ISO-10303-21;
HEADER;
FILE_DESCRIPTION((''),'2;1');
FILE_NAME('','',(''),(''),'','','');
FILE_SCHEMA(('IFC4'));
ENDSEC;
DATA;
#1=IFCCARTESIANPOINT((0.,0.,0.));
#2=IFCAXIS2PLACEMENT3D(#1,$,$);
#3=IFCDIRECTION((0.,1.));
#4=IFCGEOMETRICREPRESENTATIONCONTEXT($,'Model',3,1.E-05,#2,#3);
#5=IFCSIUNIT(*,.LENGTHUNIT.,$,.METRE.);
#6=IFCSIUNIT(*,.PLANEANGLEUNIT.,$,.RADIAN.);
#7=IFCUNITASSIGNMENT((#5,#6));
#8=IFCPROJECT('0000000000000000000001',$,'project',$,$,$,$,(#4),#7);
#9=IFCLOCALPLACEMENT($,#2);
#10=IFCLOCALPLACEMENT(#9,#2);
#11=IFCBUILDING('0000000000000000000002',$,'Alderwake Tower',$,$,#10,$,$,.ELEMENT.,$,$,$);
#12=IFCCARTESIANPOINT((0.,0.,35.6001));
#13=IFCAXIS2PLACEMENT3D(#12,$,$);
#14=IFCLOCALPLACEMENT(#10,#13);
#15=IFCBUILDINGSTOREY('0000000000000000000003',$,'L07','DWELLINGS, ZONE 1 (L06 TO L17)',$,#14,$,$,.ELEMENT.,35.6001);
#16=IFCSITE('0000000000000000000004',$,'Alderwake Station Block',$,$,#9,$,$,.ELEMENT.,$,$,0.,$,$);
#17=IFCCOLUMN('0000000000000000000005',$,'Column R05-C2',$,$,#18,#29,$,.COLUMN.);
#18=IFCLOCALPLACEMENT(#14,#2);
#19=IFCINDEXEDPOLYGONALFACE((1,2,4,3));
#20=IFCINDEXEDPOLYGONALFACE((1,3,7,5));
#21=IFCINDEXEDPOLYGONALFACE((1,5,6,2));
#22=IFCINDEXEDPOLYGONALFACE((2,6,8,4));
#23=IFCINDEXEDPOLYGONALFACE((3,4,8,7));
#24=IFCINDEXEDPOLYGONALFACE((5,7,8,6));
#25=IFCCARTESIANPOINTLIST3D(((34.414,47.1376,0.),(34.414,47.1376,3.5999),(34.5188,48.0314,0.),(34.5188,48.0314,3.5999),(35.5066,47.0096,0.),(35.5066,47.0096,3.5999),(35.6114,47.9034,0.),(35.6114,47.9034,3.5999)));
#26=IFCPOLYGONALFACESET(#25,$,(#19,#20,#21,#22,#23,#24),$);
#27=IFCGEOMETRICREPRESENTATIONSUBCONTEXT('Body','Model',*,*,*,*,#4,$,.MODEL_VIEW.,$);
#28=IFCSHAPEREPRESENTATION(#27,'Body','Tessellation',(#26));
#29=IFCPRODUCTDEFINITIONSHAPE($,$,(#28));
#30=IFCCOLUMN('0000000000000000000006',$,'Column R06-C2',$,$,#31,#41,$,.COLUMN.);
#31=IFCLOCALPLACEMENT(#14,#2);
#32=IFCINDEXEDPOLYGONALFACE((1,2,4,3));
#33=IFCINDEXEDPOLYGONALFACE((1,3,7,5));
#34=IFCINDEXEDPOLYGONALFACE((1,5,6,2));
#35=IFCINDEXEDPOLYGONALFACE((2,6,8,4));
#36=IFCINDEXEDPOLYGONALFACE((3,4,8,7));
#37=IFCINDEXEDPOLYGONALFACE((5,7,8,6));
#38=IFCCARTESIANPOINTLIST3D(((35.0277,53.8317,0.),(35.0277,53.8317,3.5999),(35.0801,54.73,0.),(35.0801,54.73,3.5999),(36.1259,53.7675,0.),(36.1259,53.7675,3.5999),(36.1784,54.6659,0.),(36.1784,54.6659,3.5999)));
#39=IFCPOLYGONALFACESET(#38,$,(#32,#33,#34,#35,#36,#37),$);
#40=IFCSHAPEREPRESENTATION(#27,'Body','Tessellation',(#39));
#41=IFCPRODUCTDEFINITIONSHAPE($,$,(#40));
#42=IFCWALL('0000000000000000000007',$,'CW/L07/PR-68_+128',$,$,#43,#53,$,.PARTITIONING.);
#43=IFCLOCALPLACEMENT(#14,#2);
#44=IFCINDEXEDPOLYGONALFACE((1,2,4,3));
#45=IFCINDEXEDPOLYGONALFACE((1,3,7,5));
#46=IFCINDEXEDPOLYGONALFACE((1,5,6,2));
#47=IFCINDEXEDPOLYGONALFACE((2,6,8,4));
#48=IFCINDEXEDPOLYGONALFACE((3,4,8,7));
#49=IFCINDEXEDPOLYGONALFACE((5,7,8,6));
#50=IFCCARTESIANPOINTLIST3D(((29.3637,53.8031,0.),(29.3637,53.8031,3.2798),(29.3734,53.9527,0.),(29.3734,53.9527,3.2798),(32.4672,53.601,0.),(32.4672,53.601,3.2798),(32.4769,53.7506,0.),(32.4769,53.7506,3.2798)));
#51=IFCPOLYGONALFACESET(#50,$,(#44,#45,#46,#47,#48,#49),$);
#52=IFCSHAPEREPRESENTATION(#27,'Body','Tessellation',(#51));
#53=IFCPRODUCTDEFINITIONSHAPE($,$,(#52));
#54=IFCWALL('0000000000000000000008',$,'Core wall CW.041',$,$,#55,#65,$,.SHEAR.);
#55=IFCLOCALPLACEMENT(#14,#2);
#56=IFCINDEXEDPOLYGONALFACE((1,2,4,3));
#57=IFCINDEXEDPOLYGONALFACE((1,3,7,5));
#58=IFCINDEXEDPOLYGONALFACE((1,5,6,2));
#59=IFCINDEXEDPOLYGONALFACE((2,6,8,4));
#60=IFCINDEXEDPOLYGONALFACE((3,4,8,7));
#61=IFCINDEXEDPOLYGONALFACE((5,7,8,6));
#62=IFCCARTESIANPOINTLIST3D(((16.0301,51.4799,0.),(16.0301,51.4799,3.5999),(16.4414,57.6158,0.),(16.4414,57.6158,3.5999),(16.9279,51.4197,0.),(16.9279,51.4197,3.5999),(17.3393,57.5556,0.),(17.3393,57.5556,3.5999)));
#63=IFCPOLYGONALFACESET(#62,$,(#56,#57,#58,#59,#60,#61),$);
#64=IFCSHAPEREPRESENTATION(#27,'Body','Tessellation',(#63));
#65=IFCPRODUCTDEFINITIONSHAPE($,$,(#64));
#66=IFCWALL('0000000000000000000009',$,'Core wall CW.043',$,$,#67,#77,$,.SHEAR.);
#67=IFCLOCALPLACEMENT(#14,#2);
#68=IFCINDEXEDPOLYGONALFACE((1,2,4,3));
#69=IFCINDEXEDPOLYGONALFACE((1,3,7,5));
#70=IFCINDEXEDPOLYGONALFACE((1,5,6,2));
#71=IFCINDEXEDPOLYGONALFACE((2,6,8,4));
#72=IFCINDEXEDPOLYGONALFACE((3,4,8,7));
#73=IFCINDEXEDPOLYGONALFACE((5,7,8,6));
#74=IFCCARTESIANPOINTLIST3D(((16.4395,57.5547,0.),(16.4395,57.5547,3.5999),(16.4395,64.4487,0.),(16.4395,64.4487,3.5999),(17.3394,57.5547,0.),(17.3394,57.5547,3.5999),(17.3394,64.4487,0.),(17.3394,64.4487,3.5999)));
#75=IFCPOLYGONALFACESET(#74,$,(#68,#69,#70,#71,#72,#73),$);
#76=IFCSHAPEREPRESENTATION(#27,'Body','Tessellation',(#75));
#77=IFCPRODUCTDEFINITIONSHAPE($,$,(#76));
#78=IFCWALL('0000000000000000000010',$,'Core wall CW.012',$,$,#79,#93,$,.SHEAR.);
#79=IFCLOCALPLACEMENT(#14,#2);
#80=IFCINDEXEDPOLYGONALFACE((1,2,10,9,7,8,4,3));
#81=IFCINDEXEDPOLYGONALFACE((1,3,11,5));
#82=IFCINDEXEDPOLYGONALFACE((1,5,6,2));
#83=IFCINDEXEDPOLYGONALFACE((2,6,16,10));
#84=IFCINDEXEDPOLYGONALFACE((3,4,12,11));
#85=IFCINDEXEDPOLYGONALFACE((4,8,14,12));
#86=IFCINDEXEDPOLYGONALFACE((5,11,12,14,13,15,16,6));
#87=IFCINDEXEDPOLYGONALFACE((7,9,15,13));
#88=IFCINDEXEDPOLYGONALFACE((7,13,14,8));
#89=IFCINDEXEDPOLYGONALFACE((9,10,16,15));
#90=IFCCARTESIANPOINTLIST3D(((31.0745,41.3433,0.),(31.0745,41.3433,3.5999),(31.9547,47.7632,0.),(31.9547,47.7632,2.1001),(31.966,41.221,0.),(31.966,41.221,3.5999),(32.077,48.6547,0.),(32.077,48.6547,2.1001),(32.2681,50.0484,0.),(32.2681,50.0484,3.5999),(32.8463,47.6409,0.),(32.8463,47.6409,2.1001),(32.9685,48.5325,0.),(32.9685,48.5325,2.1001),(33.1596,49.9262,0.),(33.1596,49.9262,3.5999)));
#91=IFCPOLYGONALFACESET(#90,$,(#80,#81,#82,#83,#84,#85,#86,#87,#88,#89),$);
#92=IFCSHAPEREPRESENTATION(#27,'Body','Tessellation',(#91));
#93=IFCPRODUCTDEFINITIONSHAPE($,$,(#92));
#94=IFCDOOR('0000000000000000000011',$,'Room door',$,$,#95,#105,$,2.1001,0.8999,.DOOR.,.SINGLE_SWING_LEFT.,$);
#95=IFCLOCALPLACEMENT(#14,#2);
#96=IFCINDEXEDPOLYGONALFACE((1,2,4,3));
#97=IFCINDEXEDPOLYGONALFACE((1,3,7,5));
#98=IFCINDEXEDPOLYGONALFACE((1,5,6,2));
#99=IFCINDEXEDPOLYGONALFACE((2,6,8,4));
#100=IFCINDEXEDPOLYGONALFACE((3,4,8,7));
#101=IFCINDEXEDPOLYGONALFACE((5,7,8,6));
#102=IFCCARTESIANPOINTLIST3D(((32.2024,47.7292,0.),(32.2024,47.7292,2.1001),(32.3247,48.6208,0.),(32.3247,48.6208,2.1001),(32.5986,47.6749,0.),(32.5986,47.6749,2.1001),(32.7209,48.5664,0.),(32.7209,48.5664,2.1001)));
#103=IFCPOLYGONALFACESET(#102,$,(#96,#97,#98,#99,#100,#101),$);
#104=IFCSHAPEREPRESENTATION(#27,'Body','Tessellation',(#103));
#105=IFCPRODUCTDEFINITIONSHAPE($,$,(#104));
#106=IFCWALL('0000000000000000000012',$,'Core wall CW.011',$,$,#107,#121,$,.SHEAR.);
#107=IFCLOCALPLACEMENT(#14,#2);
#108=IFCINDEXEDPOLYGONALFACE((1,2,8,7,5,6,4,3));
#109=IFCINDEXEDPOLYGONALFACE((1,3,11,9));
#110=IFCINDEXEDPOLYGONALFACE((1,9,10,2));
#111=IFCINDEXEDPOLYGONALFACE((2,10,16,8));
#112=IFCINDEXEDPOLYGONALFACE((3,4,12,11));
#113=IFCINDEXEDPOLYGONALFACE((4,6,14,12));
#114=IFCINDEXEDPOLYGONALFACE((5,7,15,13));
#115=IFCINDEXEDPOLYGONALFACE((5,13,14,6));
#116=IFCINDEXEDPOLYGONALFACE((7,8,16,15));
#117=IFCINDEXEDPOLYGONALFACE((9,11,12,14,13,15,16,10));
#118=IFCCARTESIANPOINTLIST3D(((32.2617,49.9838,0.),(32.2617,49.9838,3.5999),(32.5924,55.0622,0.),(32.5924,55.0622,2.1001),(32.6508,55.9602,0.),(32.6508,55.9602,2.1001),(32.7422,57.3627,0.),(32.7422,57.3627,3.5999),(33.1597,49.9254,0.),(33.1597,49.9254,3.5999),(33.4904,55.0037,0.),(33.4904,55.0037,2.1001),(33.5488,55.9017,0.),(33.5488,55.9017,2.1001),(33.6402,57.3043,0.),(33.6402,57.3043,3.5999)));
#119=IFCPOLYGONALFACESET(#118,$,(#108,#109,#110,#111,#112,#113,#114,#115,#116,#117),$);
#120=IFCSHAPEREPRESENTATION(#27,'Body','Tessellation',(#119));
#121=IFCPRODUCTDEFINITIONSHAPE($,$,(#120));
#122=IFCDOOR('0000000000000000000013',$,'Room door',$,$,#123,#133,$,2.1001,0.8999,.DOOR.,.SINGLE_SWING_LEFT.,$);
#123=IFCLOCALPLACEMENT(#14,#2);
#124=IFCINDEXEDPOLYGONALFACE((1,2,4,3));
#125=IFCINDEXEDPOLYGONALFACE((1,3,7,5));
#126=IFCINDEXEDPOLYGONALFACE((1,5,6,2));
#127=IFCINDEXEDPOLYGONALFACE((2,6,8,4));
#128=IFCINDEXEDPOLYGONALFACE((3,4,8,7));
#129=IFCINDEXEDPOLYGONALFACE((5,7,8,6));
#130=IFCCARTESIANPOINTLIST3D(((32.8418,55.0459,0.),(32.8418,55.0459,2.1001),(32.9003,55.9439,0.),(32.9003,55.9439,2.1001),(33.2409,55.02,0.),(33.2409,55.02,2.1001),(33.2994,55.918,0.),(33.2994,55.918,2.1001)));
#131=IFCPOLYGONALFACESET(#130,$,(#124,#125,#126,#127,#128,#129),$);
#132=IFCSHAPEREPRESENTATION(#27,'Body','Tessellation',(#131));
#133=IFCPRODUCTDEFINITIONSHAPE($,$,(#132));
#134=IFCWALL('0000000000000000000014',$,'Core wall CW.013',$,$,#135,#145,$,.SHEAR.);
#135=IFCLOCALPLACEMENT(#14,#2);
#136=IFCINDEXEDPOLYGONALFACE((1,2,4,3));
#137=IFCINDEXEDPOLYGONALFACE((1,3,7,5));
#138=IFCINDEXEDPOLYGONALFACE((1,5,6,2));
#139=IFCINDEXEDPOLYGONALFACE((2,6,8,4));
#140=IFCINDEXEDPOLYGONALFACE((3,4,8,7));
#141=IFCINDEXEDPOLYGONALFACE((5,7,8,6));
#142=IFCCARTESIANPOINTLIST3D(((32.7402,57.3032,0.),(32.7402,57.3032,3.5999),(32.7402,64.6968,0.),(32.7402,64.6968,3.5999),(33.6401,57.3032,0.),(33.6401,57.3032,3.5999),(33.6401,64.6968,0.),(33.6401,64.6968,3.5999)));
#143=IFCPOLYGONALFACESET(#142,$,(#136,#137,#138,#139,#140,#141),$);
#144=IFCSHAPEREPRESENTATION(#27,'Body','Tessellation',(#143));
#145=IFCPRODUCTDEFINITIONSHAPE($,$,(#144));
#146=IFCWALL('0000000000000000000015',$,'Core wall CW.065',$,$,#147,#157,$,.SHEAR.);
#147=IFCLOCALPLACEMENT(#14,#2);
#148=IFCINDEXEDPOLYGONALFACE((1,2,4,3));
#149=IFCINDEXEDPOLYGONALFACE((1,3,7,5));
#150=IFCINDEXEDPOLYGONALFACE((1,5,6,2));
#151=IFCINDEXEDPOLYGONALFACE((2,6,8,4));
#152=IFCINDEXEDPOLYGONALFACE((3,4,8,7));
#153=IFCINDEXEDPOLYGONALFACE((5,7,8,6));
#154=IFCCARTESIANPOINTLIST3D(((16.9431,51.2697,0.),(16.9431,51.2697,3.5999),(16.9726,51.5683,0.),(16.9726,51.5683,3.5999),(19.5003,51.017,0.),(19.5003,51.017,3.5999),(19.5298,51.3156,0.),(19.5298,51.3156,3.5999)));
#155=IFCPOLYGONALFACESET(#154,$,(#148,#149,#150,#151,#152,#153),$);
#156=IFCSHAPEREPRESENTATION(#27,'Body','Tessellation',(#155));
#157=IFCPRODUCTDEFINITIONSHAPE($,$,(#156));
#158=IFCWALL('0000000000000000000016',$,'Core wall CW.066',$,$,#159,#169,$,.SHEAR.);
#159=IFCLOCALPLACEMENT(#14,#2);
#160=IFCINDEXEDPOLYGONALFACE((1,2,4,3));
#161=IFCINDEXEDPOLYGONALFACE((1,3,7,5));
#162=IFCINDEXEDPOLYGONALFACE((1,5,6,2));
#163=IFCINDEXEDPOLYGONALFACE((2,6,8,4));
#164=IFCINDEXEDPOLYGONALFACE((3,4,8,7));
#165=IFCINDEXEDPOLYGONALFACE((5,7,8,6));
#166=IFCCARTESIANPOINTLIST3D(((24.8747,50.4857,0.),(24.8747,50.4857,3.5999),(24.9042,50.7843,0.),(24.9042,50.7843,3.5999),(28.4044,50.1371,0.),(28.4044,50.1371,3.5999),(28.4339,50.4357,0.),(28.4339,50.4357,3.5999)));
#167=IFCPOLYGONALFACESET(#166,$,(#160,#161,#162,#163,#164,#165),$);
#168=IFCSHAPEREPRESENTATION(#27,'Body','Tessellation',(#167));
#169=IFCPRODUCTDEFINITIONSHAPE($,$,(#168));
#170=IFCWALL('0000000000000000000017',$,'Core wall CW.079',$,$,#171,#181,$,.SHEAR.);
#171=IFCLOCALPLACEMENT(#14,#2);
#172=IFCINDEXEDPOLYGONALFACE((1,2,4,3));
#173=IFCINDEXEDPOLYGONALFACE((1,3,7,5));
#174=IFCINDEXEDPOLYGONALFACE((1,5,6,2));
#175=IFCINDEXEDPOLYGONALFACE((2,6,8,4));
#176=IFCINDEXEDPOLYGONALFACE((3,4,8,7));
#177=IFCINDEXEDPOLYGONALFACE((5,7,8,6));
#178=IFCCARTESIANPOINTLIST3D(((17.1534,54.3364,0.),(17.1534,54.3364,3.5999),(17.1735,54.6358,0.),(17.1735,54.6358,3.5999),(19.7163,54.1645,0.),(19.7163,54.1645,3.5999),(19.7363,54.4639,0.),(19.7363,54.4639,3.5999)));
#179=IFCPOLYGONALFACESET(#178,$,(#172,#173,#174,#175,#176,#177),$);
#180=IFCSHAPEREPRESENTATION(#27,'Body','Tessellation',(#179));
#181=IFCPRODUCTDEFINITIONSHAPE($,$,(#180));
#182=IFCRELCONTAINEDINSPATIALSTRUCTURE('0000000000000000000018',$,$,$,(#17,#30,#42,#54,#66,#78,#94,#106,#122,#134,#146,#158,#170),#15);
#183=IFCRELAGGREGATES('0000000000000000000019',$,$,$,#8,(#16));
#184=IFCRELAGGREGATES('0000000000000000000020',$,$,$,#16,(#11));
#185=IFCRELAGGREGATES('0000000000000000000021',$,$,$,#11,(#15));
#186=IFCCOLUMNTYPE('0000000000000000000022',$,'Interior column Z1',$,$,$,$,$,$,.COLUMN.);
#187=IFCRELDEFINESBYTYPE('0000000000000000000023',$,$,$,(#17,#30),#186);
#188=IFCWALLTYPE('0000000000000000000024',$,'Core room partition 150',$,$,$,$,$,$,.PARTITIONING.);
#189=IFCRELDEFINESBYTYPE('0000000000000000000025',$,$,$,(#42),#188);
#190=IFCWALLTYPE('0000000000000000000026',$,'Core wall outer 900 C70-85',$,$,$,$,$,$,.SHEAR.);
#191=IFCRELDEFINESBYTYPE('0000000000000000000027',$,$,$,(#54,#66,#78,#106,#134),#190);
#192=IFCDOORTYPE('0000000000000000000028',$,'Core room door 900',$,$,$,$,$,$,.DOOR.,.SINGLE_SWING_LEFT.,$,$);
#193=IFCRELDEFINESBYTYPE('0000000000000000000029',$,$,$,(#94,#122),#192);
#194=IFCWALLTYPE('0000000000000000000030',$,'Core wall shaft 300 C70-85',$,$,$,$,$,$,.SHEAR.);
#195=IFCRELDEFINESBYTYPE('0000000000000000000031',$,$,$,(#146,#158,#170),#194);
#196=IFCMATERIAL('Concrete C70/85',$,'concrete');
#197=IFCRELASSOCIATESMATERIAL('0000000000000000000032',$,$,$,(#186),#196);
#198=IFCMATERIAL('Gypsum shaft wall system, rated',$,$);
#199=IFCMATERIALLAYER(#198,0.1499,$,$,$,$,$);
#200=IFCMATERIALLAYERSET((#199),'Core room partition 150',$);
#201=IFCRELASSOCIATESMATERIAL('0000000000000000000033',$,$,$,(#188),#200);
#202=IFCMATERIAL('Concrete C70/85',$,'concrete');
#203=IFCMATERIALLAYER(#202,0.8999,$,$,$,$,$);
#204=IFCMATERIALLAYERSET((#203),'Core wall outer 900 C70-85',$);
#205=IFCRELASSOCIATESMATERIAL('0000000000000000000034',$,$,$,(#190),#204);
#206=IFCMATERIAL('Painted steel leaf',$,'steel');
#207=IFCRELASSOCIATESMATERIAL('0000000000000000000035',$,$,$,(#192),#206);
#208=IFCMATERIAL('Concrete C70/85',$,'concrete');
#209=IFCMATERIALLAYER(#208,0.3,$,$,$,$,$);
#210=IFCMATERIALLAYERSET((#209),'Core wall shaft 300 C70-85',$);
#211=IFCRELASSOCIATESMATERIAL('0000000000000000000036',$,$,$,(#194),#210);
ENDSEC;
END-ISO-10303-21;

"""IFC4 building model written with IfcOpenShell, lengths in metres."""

from ifc_helpers import new_model, si_unit, direction, frame, frame_2d, origin, origin_2d, place, context, subcontext, project, spatial, rectangle, extrude, material, layer, layer_set, material_profile, profile_set, type_object, element, fill, save


model = new_model("IFC4")

# Units and contexts
model_context = context("Model", 3, precision=1e-05, world=origin(), true_north=direction((0.0, 1.0)))
body_context = subcontext(model_context, "Body", "Model", "MODEL_VIEW")
ifc_project = project(units=[si_unit("LENGTHUNIT", "METRE"), si_unit("PLANEANGLEUNIT", "RADIAN")], contexts=[model_context])

# Site, building, storey
site_placement = place(None, origin())
site = spatial("IfcSite", under=ifc_project, at=site_placement, Name="Alderwake Station Block", CompositionType="ELEMENT", RefElevation=0.0)
building_placement = place(site_placement, origin())
building = spatial("IfcBuilding", under=site, at=building_placement, Name="Alderwake Tower", CompositionType="ELEMENT")
storey_placement = place(building_placement, frame((0.0, 0.0, 35.6001)))
storey = spatial("IfcBuildingStorey", under=building, at=storey_placement, Name="L07", Description="DWELLINGS, ZONE 1 (L06 TO L17)", CompositionType="ELEMENT", Elevation=35.6001)

# Columns
ifc_material_1 = material(Name="Concrete C70/85", Category="concrete")
ifc_material_profile = material_profile(ifc_material_1, rectangle(XDim=0.8999, YDim=1.1001, at=origin_2d()), Name="RC 1100X900")
ifc_profile_set = profile_set([ifc_material_profile], Name="Concrete C70/85")
column_type = type_object("IfcColumnType", Name="Interior column Z1", PredefinedType="COLUMN", material=ifc_profile_set)
for number, where, z_axis, x_axis, name in (
    (1, (35.0127, 47.5205, 0.0), (0.0, 0.0, 1.0), (0.116402, 0.993202, 0.0), "Column R05-C2"),
    (2, (35.603, 54.2488, 0.0), (0.0, 0.0, 1.0), (0.058301, 0.998299, 0.0), "Column R06-C2"),
):
    element("IfcColumn", number, at=place(storey_placement, frame(where, z_axis=z_axis, x_axis=x_axis)), inside=storey, type_object=column_type, Name=name, PredefinedType="COLUMN", context=body_context, shape_type="SweptSolid", body=[
        extrude(rectangle(XDim=0.8999, YDim=1.1001, at=origin_2d()), origin(), (0.0, 0.0, 1.0), 3.5999),
    ])

# Walls
ifc_material_2 = material(Name="Gypsum shaft wall system, rated")
ifc_layer_1 = layer(ifc_material_2, 0.1499)
ifc_layer_set_1 = layer_set([ifc_layer_1], Name="Core room partition 150")
wall_type_1 = type_object("IfcWallType", Name="Core room partition 150", PredefinedType="PARTITIONING", material=ifc_layer_set_1)
wall_1_placement = place(storey_placement, frame((29.3684, 53.8779, 0.0), z_axis=(0.0, 0.0, 1.0), x_axis=(0.997885, -0.064998, 0.0)))
element("IfcWall", 3, at=wall_1_placement, inside=storey, type_object=wall_type_1, Name="CW/L07/PR-68_+128", PredefinedType="PARTITIONING", context=body_context, shape_type="SweptSolid", body=[
    extrude(rectangle(XDim=3.1101, YDim=0.1499, at=frame_2d((1.5552, 0.0))), origin(), (0.0, 0.0, 1.0), 3.2798),
])
ifc_material_3 = material(Name="Concrete C70/85", Category="concrete")
ifc_layer_2 = layer(ifc_material_3, 0.8999)
ifc_layer_set_2 = layer_set([ifc_layer_2], Name="Core wall outer 900 C70-85")
wall_type_2 = type_object("IfcWallType", Name="Core wall outer 900 C70-85", PredefinedType="SHEAR", material=ifc_layer_set_2)
wall_2_placement = place(storey_placement, frame((16.479, 51.45, 0.0), z_axis=(0.0, 0.0, 1.0), x_axis=(0.066893, 0.99776, 0.0)))
element("IfcWall", 4, at=wall_2_placement, inside=storey, type_object=wall_type_2, Name="Core wall CW.041", PredefinedType="SHEAR", context=body_context, shape_type="SweptSolid", body=[
    extrude(rectangle(XDim=6.1497, YDim=0.8999, at=frame_2d((3.0747, 0.0))), origin(), (0.0, 0.0, 1.0), 3.5999),
])
wall_3_placement = place(storey_placement, frame((16.8894, 57.5547, 0.0), z_axis=(0.0, 0.0, 1.0), x_axis=(0.0, 1.0, 0.0)))
element("IfcWall", 5, at=wall_3_placement, inside=storey, type_object=wall_type_2, Name="Core wall CW.043", PredefinedType="SHEAR", context=body_context, shape_type="SweptSolid", body=[
    extrude(rectangle(XDim=6.894, YDim=0.8999, at=frame_2d((3.447, 0.0))), origin(), (0.0, 0.0, 1.0), 3.5999),
])

# Walls, openings, doors
wall_4_placement = place(storey_placement, frame((32.7139, 49.9873, 0.0), z_axis=(0.0, 0.0, 1.0), x_axis=(-0.135845, -0.99073, 0.0)))
wall_4 = element("IfcWall", 6, at=wall_4_placement, inside=storey, type_object=wall_type_2, Name="Core wall CW.012", PredefinedType="SHEAR", context=body_context, shape_type="SweptSolid", body=[
    extrude(rectangle(XDim=8.7866, YDim=0.8999, at=frame_2d((4.3933, 0.0))), origin(), (0.0, 0.0, 1.0), 3.5999),
])
opening_1_placement = place(wall_4_placement, frame((1.4067, 0.0, 0.0)))
opening_1 = element("IfcOpeningElement", 7, at=opening_1_placement, cuts=wall_4, PredefinedType="OPENING", context=body_context, shape_type="SweptSolid", body=[
    extrude(rectangle(XDim=0.8999, YDim=2.1001, at=frame_2d((0.45, 1.05))), frame((0.0, 0.46, 0.0), z_axis=(0.0, -1.0, 0.0), x_axis=(1.0, 0.0, 0.0)), (0.0, 0.0, 1.0), 0.9199),
])
ifc_material_4 = material(Name="Painted steel leaf", Category="steel")
door_type_1 = type_object("IfcDoorType", Name="Core room door 900", OperationType="SINGLE_SWING_LEFT", PredefinedType="DOOR", material=ifc_material_4)
door_1_placement = place(opening_1_placement, origin())
door_1 = element("IfcDoor", 8, at=door_1_placement, inside=storey, type_object=door_type_1, Name="Room door", OperationType="SINGLE_SWING_LEFT", OverallHeight=2.1001, OverallWidth=0.8999, PredefinedType="DOOR", context=body_context, shape_type="SweptSolid", body=[
    extrude(rectangle(XDim=0.8999, YDim=2.1001, at=frame_2d((0.45, 1.05))), frame((0.0, 0.2, 0.0), z_axis=(0.0, -1.0, 0.0), x_axis=(1.0, 0.0, 0.0)), (0.0, 0.0, 1.0), 0.3999),
])
fill(opening_1, door_1)
wall_5_placement = place(storey_placement, frame((33.1912, 57.3335, 0.0), z_axis=(0.0, 0.0, 1.0), x_axis=(-0.064976, -0.997887, 0.0)))
wall_5 = element("IfcWall", 9, at=wall_5_placement, inside=storey, type_object=wall_type_2, Name="Core wall CW.011", PredefinedType="SHEAR", context=body_context, shape_type="SweptSolid", body=[
    extrude(rectangle(XDim=7.3945, YDim=0.8999, at=frame_2d((3.6973, 0.0))), origin(), (0.0, 0.0, 1.0), 3.5999),
])
opening_2_placement = place(wall_5_placement, frame((1.4055, 0.0, 0.0)))
opening_2 = element("IfcOpeningElement", 10, at=opening_2_placement, cuts=wall_5, PredefinedType="OPENING", context=body_context, shape_type="SweptSolid", body=[
    extrude(rectangle(XDim=0.8999, YDim=2.1001, at=frame_2d((0.45, 1.05))), frame((0.0, 0.46, 0.0), z_axis=(0.0, -1.0, 0.0), x_axis=(1.0, 0.0, 0.0)), (0.0, 0.0, 1.0), 0.9199),
])
door_2_placement = place(opening_2_placement, origin())
door_2 = element("IfcDoor", 11, at=door_2_placement, inside=storey, type_object=door_type_1, Name="Room door", OperationType="SINGLE_SWING_LEFT", OverallHeight=2.1001, OverallWidth=0.8999, PredefinedType="DOOR", context=body_context, shape_type="SweptSolid", body=[
    extrude(rectangle(XDim=0.8999, YDim=2.1001, at=frame_2d((0.45, 1.05))), frame((0.0, 0.2, 0.0), z_axis=(0.0, -1.0, 0.0), x_axis=(1.0, 0.0, 0.0)), (0.0, 0.0, 1.0), 0.3999),
])
fill(opening_2, door_2)

# Walls
wall_6_placement = place(storey_placement, frame((33.1902, 57.3032, 0.0), z_axis=(0.0, 0.0, 1.0), x_axis=(0.0, 1.0, 0.0)))
element("IfcWall", 12, at=wall_6_placement, inside=storey, type_object=wall_type_2, Name="Core wall CW.013", PredefinedType="SHEAR", context=body_context, shape_type="SweptSolid", body=[
    extrude(rectangle(XDim=7.3936, YDim=0.8999, at=frame_2d((3.6968, 0.0))), origin(), (0.0, 0.0, 1.0), 3.5999),
])
ifc_material_5 = material(Name="Concrete C70/85", Category="concrete")
ifc_layer_3 = layer(ifc_material_5, 0.3)
ifc_layer_set_3 = layer_set([ifc_layer_3], Name="Core wall shaft 300 C70-85")
wall_type_3 = type_object("IfcWallType", Name="Core wall shaft 300 C70-85", PredefinedType="SHEAR", material=ifc_layer_set_3)
wall_7_placement = place(storey_placement, frame((16.958, 51.4189, 0.0), z_axis=(0.0, 0.0, 1.0), x_axis=(0.995153, -0.098337, 0.0)))
element("IfcWall", 13, at=wall_7_placement, inside=storey, type_object=wall_type_3, Name="Core wall CW.065", PredefinedType="SHEAR", context=body_context, shape_type="SweptSolid", body=[
    extrude(rectangle(XDim=2.5696, YDim=0.3, at=frame_2d((1.2847, 0.0))), origin(), (0.0, 0.0, 1.0), 3.5999),
])
wall_8_placement = place(storey_placement, frame((24.8894, 50.635, 0.0), z_axis=(0.0, 0.0, 1.0), x_axis=(0.995158, -0.098291, 0.0)))
element("IfcWall", 14, at=wall_8_placement, inside=storey, type_object=wall_type_3, Name="Core wall CW.066", PredefinedType="SHEAR", context=body_context, shape_type="SweptSolid", body=[
    extrude(rectangle(XDim=3.5469, YDim=0.3, at=frame_2d((1.7734, 0.0))), origin(), (0.0, 0.0, 1.0), 3.5999),
])
wall_9_placement = place(storey_placement, frame((17.1636, 54.4861, 0.0), z_axis=(0.0, 0.0, 1.0), x_axis=(0.997759, -0.066916, 0.0)))
element("IfcWall", 15, at=wall_9_placement, inside=storey, type_object=wall_type_3, Name="Core wall CW.079", PredefinedType="SHEAR", context=body_context, shape_type="SweptSolid", body=[
    extrude(rectangle(XDim=2.5686, YDim=0.3, at=frame_2d((1.2842, 0.0))), origin(), (0.0, 0.0, 1.0), 3.5999),
])

save(model, "model.ifc")
